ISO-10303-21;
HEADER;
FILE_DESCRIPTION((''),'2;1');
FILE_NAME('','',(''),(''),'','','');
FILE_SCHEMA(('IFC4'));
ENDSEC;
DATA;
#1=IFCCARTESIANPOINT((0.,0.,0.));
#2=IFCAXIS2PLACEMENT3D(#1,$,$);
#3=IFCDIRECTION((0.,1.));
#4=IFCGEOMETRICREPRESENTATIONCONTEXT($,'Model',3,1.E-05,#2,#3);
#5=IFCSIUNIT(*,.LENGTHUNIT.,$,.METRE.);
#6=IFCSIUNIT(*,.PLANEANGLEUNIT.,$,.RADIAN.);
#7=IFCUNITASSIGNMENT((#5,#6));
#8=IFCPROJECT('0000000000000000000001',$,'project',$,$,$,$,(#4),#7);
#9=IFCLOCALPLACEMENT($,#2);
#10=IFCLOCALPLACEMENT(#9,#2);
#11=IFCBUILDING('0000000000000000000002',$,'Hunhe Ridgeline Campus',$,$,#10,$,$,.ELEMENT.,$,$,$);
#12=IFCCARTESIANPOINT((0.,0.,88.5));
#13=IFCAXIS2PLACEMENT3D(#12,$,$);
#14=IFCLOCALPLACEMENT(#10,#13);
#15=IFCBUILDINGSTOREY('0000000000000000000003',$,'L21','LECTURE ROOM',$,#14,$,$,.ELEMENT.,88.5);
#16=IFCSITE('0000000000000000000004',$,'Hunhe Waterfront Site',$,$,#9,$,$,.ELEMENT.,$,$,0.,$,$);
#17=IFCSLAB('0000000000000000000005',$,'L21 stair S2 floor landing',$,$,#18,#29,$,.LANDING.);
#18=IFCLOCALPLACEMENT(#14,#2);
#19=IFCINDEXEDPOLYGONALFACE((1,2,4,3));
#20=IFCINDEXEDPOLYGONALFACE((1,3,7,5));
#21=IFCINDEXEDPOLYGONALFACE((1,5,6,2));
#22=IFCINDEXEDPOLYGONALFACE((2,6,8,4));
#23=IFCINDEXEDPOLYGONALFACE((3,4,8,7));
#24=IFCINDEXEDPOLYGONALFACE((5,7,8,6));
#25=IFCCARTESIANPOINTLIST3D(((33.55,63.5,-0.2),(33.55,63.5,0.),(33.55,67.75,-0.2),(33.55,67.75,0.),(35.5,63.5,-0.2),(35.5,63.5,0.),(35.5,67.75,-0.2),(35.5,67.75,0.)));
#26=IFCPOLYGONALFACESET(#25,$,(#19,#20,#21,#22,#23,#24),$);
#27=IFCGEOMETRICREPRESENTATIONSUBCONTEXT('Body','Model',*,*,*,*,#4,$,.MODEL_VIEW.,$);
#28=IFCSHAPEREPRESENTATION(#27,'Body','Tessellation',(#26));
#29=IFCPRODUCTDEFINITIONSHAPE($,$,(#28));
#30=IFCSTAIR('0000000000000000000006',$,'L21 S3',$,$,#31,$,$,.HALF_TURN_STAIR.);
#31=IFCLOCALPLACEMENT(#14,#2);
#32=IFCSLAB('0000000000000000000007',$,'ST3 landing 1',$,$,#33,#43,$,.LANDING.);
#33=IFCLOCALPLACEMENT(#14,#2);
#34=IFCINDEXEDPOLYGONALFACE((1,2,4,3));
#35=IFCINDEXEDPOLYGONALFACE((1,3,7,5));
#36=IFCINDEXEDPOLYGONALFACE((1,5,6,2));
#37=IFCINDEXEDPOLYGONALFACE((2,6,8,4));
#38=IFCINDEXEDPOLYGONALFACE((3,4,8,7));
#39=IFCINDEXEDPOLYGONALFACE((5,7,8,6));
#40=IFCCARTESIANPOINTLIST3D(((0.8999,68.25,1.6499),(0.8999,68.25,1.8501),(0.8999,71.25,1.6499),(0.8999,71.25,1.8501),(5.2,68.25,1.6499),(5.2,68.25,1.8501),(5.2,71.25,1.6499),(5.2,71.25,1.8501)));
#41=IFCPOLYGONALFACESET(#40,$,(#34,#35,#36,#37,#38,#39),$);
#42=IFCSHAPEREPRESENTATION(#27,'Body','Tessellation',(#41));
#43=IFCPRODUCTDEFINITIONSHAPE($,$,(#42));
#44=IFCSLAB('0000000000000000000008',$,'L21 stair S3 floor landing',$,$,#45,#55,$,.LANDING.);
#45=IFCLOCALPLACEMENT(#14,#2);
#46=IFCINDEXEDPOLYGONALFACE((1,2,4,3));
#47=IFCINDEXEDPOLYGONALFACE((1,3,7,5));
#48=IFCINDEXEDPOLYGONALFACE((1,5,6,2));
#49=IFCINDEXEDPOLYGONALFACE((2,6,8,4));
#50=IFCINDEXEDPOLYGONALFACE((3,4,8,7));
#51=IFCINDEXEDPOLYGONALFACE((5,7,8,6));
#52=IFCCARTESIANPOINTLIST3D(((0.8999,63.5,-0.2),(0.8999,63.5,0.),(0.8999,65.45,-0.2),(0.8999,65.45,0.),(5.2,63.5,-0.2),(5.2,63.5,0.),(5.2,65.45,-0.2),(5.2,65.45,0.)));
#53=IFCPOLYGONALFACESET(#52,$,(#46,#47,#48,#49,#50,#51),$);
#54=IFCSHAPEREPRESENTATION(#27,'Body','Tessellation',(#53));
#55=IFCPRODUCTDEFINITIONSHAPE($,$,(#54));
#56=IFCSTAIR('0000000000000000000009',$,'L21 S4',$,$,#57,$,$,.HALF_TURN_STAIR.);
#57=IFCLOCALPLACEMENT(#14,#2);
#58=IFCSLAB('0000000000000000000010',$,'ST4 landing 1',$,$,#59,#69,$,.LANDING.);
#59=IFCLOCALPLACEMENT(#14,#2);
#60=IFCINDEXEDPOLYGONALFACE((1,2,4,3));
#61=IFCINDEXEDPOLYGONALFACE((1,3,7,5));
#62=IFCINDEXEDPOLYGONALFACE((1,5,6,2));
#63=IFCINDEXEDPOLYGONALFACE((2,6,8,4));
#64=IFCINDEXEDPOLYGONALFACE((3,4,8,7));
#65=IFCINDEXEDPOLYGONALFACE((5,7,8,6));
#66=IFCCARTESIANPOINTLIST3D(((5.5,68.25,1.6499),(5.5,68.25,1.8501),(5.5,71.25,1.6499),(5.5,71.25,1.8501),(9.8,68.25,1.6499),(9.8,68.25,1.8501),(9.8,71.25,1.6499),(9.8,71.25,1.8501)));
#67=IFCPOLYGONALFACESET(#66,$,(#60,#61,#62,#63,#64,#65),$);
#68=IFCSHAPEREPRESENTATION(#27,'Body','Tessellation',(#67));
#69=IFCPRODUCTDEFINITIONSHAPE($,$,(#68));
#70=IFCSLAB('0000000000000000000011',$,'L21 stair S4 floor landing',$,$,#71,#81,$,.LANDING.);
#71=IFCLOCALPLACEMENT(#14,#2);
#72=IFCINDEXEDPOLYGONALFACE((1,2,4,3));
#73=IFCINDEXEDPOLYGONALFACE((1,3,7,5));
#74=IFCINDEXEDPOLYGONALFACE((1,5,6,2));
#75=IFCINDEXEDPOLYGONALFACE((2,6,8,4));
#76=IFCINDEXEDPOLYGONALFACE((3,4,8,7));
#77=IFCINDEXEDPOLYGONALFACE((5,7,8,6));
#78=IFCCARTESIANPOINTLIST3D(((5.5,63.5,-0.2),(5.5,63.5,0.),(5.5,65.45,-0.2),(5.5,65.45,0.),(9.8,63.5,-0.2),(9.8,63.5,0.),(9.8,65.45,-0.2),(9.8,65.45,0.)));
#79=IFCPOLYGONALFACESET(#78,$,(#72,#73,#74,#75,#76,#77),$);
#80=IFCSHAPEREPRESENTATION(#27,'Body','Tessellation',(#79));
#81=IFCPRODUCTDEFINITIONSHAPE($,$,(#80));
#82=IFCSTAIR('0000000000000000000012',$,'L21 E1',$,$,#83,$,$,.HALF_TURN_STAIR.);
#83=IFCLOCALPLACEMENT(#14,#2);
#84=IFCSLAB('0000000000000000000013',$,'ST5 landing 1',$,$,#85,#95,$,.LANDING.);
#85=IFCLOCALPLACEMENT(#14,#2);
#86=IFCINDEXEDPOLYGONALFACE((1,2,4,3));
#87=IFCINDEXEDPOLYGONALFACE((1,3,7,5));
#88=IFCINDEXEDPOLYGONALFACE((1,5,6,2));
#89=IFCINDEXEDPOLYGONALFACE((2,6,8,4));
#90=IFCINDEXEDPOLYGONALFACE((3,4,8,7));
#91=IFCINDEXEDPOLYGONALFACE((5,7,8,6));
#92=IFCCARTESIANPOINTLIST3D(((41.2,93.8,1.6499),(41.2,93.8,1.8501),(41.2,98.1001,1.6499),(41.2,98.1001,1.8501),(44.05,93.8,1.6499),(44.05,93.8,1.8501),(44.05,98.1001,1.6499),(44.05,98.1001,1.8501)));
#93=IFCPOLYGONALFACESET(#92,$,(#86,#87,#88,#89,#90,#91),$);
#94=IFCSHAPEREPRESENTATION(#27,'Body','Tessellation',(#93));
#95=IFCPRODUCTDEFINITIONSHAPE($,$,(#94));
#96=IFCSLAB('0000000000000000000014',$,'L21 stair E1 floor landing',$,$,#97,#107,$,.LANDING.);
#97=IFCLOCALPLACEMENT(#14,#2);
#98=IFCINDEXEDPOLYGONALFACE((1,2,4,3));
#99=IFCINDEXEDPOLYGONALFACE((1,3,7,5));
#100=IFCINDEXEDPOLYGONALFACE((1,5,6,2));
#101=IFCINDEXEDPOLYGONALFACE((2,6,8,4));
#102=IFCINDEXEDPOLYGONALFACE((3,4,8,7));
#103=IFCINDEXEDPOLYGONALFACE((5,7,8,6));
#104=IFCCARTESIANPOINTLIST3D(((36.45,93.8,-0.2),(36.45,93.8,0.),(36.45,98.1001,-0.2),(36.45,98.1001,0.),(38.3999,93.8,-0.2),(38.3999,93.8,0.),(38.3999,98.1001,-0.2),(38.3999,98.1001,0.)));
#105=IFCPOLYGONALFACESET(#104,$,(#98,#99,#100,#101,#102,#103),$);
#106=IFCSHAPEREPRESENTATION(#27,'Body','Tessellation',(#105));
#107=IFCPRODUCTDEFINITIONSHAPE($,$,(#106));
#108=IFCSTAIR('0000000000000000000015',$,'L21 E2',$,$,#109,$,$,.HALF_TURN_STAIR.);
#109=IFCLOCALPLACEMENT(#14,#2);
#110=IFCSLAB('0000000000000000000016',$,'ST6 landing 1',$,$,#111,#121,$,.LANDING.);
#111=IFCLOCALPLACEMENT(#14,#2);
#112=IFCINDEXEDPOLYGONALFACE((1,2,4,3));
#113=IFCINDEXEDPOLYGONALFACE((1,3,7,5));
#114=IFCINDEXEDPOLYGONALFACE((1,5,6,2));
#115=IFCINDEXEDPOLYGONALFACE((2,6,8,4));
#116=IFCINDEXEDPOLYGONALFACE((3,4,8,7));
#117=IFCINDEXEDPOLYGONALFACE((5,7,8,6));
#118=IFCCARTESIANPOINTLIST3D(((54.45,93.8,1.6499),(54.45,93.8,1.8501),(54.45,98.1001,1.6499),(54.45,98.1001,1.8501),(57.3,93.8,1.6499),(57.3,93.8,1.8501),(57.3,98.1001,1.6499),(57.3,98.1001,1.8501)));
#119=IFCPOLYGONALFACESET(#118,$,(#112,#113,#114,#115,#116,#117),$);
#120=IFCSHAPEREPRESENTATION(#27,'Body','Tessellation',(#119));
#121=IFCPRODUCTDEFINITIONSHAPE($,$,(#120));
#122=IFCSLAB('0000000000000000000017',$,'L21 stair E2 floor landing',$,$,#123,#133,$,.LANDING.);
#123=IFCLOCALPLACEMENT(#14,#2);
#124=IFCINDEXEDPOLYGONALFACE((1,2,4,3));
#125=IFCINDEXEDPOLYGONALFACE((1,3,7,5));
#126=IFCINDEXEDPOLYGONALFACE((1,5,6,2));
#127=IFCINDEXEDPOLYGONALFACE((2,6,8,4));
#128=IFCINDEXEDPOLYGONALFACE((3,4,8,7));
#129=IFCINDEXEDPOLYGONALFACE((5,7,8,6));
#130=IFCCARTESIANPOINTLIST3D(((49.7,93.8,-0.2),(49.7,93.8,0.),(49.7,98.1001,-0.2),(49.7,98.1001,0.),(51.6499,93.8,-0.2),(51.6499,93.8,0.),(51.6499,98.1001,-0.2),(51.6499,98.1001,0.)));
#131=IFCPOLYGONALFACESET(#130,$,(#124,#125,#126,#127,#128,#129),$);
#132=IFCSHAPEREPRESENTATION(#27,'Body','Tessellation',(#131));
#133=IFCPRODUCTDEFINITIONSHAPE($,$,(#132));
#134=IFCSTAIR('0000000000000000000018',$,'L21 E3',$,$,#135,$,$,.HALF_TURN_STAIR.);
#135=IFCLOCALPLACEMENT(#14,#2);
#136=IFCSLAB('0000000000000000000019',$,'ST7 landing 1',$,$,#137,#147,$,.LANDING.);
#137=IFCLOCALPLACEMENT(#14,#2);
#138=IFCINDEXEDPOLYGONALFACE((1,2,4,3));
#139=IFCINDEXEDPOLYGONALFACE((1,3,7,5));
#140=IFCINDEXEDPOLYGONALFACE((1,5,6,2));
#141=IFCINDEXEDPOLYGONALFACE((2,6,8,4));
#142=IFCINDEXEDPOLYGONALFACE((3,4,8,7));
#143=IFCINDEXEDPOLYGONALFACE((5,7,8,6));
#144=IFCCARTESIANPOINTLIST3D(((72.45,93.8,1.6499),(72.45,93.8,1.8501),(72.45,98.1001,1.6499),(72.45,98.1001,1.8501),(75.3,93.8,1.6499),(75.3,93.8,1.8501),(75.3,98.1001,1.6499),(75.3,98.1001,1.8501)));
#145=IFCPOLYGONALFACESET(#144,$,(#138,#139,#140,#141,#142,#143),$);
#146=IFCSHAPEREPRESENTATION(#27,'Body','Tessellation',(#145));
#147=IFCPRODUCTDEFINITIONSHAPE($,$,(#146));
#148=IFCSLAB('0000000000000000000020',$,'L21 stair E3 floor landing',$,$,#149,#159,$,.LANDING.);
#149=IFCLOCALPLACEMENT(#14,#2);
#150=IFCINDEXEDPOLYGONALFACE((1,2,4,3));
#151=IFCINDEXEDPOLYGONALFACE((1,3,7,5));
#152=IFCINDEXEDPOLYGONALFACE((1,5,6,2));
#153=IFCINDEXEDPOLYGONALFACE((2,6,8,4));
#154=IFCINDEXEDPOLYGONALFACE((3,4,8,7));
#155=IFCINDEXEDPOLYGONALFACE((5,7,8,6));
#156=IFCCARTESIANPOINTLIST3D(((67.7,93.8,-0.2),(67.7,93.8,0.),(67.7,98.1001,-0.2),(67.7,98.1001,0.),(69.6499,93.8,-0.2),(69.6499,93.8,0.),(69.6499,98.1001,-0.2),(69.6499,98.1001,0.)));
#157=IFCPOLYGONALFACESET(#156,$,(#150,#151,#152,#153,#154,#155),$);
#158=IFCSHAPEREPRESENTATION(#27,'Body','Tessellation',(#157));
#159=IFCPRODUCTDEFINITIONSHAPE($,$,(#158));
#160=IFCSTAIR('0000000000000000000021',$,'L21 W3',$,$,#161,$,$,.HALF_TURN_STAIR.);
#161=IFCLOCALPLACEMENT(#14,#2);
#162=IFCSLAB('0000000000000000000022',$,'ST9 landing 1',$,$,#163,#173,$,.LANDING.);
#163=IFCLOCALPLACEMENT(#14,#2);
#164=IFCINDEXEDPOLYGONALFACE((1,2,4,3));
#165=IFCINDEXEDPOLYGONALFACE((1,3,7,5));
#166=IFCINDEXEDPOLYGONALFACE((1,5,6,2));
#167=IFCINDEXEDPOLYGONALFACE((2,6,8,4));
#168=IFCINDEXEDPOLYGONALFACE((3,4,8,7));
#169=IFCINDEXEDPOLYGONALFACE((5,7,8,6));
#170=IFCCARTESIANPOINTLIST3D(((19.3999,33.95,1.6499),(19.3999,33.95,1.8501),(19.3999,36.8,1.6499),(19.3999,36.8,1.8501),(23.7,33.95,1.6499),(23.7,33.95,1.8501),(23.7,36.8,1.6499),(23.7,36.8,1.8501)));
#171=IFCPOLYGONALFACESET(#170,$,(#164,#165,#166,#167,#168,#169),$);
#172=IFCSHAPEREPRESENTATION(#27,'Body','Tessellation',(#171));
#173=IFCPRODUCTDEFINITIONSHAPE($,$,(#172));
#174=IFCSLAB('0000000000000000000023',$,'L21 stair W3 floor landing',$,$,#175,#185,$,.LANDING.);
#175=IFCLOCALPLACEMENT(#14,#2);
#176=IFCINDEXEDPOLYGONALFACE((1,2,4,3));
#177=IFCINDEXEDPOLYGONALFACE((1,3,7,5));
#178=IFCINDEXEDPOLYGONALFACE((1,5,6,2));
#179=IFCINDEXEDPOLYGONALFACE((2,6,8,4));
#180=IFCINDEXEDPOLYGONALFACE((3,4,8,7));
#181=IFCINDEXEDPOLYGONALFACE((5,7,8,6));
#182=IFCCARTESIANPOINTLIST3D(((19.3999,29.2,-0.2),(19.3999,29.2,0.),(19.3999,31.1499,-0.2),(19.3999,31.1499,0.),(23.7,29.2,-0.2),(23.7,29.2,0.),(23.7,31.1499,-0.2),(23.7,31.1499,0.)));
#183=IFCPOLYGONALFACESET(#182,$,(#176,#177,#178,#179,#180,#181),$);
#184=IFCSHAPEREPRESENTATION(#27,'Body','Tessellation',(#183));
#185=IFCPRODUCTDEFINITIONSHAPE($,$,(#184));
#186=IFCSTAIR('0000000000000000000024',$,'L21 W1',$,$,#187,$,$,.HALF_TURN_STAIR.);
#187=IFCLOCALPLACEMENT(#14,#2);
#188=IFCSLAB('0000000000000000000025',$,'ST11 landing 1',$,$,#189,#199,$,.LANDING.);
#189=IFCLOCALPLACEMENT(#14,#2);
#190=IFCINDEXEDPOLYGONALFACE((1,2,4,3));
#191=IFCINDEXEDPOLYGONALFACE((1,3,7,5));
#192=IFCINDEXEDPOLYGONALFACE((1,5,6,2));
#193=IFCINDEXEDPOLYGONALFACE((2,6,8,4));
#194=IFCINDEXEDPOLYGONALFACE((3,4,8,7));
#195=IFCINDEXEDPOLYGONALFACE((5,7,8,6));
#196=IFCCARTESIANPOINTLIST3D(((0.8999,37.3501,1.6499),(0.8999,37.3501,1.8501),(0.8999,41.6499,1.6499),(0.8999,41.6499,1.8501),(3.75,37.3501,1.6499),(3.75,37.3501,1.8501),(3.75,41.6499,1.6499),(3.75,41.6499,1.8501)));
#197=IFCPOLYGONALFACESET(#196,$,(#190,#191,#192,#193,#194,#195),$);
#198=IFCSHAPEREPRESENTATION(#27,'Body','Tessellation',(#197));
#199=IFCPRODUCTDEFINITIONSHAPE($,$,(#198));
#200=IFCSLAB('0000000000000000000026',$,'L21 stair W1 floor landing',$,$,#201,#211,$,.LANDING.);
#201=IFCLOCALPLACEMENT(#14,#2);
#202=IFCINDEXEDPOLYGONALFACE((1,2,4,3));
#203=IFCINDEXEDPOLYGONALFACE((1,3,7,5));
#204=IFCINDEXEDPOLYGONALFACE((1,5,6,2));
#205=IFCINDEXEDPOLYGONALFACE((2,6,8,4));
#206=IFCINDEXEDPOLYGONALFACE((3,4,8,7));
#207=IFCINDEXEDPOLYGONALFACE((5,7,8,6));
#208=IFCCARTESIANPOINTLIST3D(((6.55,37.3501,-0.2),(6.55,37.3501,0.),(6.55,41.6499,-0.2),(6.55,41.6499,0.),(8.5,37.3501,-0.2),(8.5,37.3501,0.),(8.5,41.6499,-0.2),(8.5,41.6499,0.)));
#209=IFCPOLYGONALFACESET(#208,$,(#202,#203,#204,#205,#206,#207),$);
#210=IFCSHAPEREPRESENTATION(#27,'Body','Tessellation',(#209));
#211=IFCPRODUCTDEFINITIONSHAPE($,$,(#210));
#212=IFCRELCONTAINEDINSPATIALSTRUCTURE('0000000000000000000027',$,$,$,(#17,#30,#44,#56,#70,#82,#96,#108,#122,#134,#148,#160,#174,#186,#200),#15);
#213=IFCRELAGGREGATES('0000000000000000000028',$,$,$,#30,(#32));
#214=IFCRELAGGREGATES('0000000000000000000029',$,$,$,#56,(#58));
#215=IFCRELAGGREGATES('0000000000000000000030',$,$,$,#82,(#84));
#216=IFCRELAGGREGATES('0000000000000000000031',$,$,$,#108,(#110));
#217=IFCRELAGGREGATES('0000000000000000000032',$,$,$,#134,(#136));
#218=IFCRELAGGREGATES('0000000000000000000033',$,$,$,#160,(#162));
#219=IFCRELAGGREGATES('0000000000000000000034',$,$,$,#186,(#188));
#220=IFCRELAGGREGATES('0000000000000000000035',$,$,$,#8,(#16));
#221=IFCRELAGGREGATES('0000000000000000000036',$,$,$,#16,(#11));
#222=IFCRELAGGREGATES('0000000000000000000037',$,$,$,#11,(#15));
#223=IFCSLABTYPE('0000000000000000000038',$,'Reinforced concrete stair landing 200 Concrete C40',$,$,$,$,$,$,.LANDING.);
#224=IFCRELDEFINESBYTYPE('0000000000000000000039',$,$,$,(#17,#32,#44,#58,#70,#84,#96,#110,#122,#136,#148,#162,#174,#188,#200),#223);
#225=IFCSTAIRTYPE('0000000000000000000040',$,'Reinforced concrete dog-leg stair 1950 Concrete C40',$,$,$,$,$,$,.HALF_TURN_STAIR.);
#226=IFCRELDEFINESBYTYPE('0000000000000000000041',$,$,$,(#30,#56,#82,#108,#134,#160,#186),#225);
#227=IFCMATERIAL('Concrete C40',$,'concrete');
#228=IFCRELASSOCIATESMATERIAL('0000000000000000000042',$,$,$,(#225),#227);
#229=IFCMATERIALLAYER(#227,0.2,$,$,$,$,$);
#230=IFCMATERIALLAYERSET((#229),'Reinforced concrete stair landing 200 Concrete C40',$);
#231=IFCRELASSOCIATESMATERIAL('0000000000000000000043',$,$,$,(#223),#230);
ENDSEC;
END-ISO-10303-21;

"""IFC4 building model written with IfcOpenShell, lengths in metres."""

from ifc_helpers import new_model, si_unit, direction, frame, origin, place, context, subcontext, project, spatial, polyline, outline, extrude, material, layer, layer_set, type_object, element, aggregate, save


model = new_model("IFC4")

# Units and contexts
model_context = context("Model", 3, precision=1e-05, world=origin(), true_north=direction((0.0, 1.0)))
body_context = subcontext(model_context, "Body", "Model", "MODEL_VIEW")
ifc_project = project(units=[si_unit("LENGTHUNIT", "METRE"), si_unit("PLANEANGLEUNIT", "RADIAN")], contexts=[model_context])

# Site, building, storey
site_placement = place(None, origin())
site = spatial("IfcSite", under=ifc_project, at=site_placement, Name="Hunhe Waterfront Site", CompositionType="ELEMENT", RefElevation=0.0)
building_placement = place(site_placement, origin())
building = spatial("IfcBuilding", under=site, at=building_placement, Name="Hunhe Ridgeline Campus", CompositionType="ELEMENT")
storey_placement = place(building_placement, frame((0.0, 0.0, 88.5)))
storey = spatial("IfcBuildingStorey", under=building, at=storey_placement, Name="L21", Description="LECTURE ROOM", CompositionType="ELEMENT", Elevation=88.5)

# Shared definitions
ifc_material_1 = material(Name="Concrete C40", Category="concrete")

# Shared definitions
stair_type = type_object("IfcStairType", Name="Reinforced concrete dog-leg stair 1950 Concrete C40", PredefinedType="HALF_TURN_STAIR", material=ifc_material_1)
ifc_layer_1 = layer(ifc_material_1, 0.2)
ifc_layer_set_1 = layer_set([ifc_layer_1], Name="Reinforced concrete stair landing 200 Concrete C40")
slab_type_1 = type_object("IfcSlabType", Name="Reinforced concrete stair landing 200 Concrete C40", PredefinedType="LANDING", material=ifc_layer_set_1)

# Slab
slab_1_placement = place(storey_placement, frame((0.0, 0.0, -0.2)))
element("IfcSlab", 1, at=slab_1_placement, inside=storey, type_object=slab_type_1, Name="L21 stair S2 floor landing", PredefinedType="LANDING", context=body_context, shape_type="SweptSolid", body=[
    extrude(outline(polyline([(35.5, 67.75), (33.55, 67.75), (33.55, 63.5), (35.5, 63.5), (35.5, 67.75)])), origin(), (0.0, 0.0, 1.0), 0.2),
])

# Stair, slab
stair_1_placement = place(storey_placement, origin())
stair_1 = element("IfcStair", 2, at=stair_1_placement, inside=storey, type_object=stair_type, Name="L21 S3", PredefinedType="HALF_TURN_STAIR")
slab_2_placement = place(storey_placement, frame((0.0, 0.0, 1.6499)))
slab_2 = element("IfcSlab", 3, at=slab_2_placement, type_object=slab_type_1, Name="ST3 landing 1", PredefinedType="LANDING", context=body_context, shape_type="SweptSolid", body=[
    extrude(outline(polyline([(5.2, 68.25), (5.2, 71.25), (0.8999, 71.25), (0.8999, 68.25), (5.2, 68.25)])), origin(), (0.0, 0.0, 1.0), 0.2002),
])
aggregate(stair_1, [slab_2])

# Slab
slab_3_placement = place(storey_placement, frame((0.0, 0.0, -0.2)))
element("IfcSlab", 4, at=slab_3_placement, inside=storey, type_object=slab_type_1, Name="L21 stair S3 floor landing", PredefinedType="LANDING", context=body_context, shape_type="SweptSolid", body=[
    extrude(outline(polyline([(5.2, 63.5), (5.2, 65.45), (0.8999, 65.45), (0.8999, 63.5), (5.2, 63.5)])), origin(), (0.0, 0.0, 1.0), 0.2),
])

# Stair, slab
stair_2_placement = place(storey_placement, origin())
stair_2 = element("IfcStair", 5, at=stair_2_placement, inside=storey, type_object=stair_type, Name="L21 S4", PredefinedType="HALF_TURN_STAIR")
slab_4_placement = place(storey_placement, frame((0.0, 0.0, 1.6499)))
slab_4 = element("IfcSlab", 6, at=slab_4_placement, type_object=slab_type_1, Name="ST4 landing 1", PredefinedType="LANDING", context=body_context, shape_type="SweptSolid", body=[
    extrude(outline(polyline([(9.8, 68.25), (9.8, 71.25), (5.5, 71.25), (5.5, 68.25), (9.8, 68.25)])), origin(), (0.0, 0.0, 1.0), 0.2002),
])
aggregate(stair_2, [slab_4])

# Slab
slab_5_placement = place(storey_placement, frame((0.0, 0.0, -0.2)))
element("IfcSlab", 7, at=slab_5_placement, inside=storey, type_object=slab_type_1, Name="L21 stair S4 floor landing", PredefinedType="LANDING", context=body_context, shape_type="SweptSolid", body=[
    extrude(outline(polyline([(9.8, 63.5), (9.8, 65.45), (5.5, 65.45), (5.5, 63.5), (9.8, 63.5)])), origin(), (0.0, 0.0, 1.0), 0.2),
])

# Stair, slab
stair_3_placement = place(storey_placement, origin())
stair_3 = element("IfcStair", 8, at=stair_3_placement, inside=storey, type_object=stair_type, Name="L21 E1", PredefinedType="HALF_TURN_STAIR")
slab_6_placement = place(storey_placement, frame((0.0, 0.0, 1.6499)))
slab_6 = element("IfcSlab", 9, at=slab_6_placement, type_object=slab_type_1, Name="ST5 landing 1", PredefinedType="LANDING", context=body_context, shape_type="SweptSolid", body=[
    extrude(outline(polyline([(41.2, 93.8), (44.05, 93.8), (44.05, 98.1001), (41.2, 98.1001), (41.2, 93.8)])), origin(), (0.0, 0.0, 1.0), 0.2002),
])
aggregate(stair_3, [slab_6])

# Slab
slab_7_placement = place(storey_placement, frame((0.0, 0.0, -0.2)))
element("IfcSlab", 10, at=slab_7_placement, inside=storey, type_object=slab_type_1, Name="L21 stair E1 floor landing", PredefinedType="LANDING", context=body_context, shape_type="SweptSolid", body=[
    extrude(outline(polyline([(36.45, 93.8), (38.3999, 93.8), (38.3999, 98.1001), (36.45, 98.1001), (36.45, 93.8)])), origin(), (0.0, 0.0, 1.0), 0.2),
])

# Stair, slab
stair_4_placement = place(storey_placement, origin())
stair_4 = element("IfcStair", 11, at=stair_4_placement, inside=storey, type_object=stair_type, Name="L21 E2", PredefinedType="HALF_TURN_STAIR")
slab_8_placement = place(storey_placement, frame((0.0, 0.0, 1.6499)))
slab_8 = element("IfcSlab", 12, at=slab_8_placement, type_object=slab_type_1, Name="ST6 landing 1", PredefinedType="LANDING", context=body_context, shape_type="SweptSolid", body=[
    extrude(outline(polyline([(54.45, 93.8), (57.3, 93.8), (57.3, 98.1001), (54.45, 98.1001), (54.45, 93.8)])), origin(), (0.0, 0.0, 1.0), 0.2002),
])
aggregate(stair_4, [slab_8])

# Slab
slab_9_placement = place(storey_placement, frame((0.0, 0.0, -0.2)))
element("IfcSlab", 13, at=slab_9_placement, inside=storey, type_object=slab_type_1, Name="L21 stair E2 floor landing", PredefinedType="LANDING", context=body_context, shape_type="SweptSolid", body=[
    extrude(outline(polyline([(49.7, 93.8), (51.6499, 93.8), (51.6499, 98.1001), (49.7, 98.1001), (49.7, 93.8)])), origin(), (0.0, 0.0, 1.0), 0.2),
])

# Stair, slab
stair_5_placement = place(storey_placement, origin())
stair_5 = element("IfcStair", 14, at=stair_5_placement, inside=storey, type_object=stair_type, Name="L21 E3", PredefinedType="HALF_TURN_STAIR")
slab_10_placement = place(storey_placement, frame((0.0, 0.0, 1.6499)))
slab_10 = element("IfcSlab", 15, at=slab_10_placement, type_object=slab_type_1, Name="ST7 landing 1", PredefinedType="LANDING", context=body_context, shape_type="SweptSolid", body=[
    extrude(outline(polyline([(72.45, 93.8), (75.3, 93.8), (75.3, 98.1001), (72.45, 98.1001), (72.45, 93.8)])), origin(), (0.0, 0.0, 1.0), 0.2002),
])
aggregate(stair_5, [slab_10])

# Slab
slab_11_placement = place(storey_placement, frame((0.0, 0.0, -0.2)))
element("IfcSlab", 16, at=slab_11_placement, inside=storey, type_object=slab_type_1, Name="L21 stair E3 floor landing", PredefinedType="LANDING", context=body_context, shape_type="SweptSolid", body=[
    extrude(outline(polyline([(67.7, 93.8), (69.6499, 93.8), (69.6499, 98.1001), (67.7, 98.1001), (67.7, 93.8)])), origin(), (0.0, 0.0, 1.0), 0.2),
])

# Stair, slab
stair_6_placement = place(storey_placement, origin())
stair_6 = element("IfcStair", 17, at=stair_6_placement, inside=storey, type_object=stair_type, Name="L21 W3", PredefinedType="HALF_TURN_STAIR")
slab_12_placement = place(storey_placement, frame((0.0, 0.0, 1.6499)))
slab_12 = element("IfcSlab", 18, at=slab_12_placement, type_object=slab_type_1, Name="ST9 landing 1", PredefinedType="LANDING", context=body_context, shape_type="SweptSolid", body=[
    extrude(outline(polyline([(23.7, 33.95), (23.7, 36.8), (19.3999, 36.8), (19.3999, 33.95), (23.7, 33.95)])), origin(), (0.0, 0.0, 1.0), 0.2002),
])
aggregate(stair_6, [slab_12])

# Slab
slab_13_placement = place(storey_placement, frame((0.0, 0.0, -0.2)))
element("IfcSlab", 19, at=slab_13_placement, inside=storey, type_object=slab_type_1, Name="L21 stair W3 floor landing", PredefinedType="LANDING", context=body_context, shape_type="SweptSolid", body=[
    extrude(outline(polyline([(23.7, 29.2), (23.7, 31.1499), (19.3999, 31.1499), (19.3999, 29.2), (23.7, 29.2)])), origin(), (0.0, 0.0, 1.0), 0.2),
])

# Stair, slab
stair_7_placement = place(storey_placement, origin())
stair_7 = element("IfcStair", 20, at=stair_7_placement, inside=storey, type_object=stair_type, Name="L21 W1", PredefinedType="HALF_TURN_STAIR")
slab_14_placement = place(storey_placement, frame((0.0, 0.0, 1.6499)))
slab_14 = element("IfcSlab", 21, at=slab_14_placement, type_object=slab_type_1, Name="ST11 landing 1", PredefinedType="LANDING", context=body_context, shape_type="SweptSolid", body=[
    extrude(outline(polyline([(3.75, 41.6499), (0.8999, 41.6499), (0.8999, 37.3501), (3.75, 37.3501), (3.75, 41.6499)])), origin(), (0.0, 0.0, 1.0), 0.2002),
])
aggregate(stair_7, [slab_14])

# Slab
slab_15_placement = place(storey_placement, frame((0.0, 0.0, -0.2)))
element("IfcSlab", 22, at=slab_15_placement, inside=storey, type_object=slab_type_1, Name="L21 stair W1 floor landing", PredefinedType="LANDING", context=body_context, shape_type="SweptSolid", body=[
    extrude(outline(polyline([(8.5, 41.6499), (6.55, 41.6499), (6.55, 37.3501), (8.5, 37.3501), (8.5, 41.6499)])), origin(), (0.0, 0.0, 1.0), 0.2),
])

save(model, "model.ifc")
